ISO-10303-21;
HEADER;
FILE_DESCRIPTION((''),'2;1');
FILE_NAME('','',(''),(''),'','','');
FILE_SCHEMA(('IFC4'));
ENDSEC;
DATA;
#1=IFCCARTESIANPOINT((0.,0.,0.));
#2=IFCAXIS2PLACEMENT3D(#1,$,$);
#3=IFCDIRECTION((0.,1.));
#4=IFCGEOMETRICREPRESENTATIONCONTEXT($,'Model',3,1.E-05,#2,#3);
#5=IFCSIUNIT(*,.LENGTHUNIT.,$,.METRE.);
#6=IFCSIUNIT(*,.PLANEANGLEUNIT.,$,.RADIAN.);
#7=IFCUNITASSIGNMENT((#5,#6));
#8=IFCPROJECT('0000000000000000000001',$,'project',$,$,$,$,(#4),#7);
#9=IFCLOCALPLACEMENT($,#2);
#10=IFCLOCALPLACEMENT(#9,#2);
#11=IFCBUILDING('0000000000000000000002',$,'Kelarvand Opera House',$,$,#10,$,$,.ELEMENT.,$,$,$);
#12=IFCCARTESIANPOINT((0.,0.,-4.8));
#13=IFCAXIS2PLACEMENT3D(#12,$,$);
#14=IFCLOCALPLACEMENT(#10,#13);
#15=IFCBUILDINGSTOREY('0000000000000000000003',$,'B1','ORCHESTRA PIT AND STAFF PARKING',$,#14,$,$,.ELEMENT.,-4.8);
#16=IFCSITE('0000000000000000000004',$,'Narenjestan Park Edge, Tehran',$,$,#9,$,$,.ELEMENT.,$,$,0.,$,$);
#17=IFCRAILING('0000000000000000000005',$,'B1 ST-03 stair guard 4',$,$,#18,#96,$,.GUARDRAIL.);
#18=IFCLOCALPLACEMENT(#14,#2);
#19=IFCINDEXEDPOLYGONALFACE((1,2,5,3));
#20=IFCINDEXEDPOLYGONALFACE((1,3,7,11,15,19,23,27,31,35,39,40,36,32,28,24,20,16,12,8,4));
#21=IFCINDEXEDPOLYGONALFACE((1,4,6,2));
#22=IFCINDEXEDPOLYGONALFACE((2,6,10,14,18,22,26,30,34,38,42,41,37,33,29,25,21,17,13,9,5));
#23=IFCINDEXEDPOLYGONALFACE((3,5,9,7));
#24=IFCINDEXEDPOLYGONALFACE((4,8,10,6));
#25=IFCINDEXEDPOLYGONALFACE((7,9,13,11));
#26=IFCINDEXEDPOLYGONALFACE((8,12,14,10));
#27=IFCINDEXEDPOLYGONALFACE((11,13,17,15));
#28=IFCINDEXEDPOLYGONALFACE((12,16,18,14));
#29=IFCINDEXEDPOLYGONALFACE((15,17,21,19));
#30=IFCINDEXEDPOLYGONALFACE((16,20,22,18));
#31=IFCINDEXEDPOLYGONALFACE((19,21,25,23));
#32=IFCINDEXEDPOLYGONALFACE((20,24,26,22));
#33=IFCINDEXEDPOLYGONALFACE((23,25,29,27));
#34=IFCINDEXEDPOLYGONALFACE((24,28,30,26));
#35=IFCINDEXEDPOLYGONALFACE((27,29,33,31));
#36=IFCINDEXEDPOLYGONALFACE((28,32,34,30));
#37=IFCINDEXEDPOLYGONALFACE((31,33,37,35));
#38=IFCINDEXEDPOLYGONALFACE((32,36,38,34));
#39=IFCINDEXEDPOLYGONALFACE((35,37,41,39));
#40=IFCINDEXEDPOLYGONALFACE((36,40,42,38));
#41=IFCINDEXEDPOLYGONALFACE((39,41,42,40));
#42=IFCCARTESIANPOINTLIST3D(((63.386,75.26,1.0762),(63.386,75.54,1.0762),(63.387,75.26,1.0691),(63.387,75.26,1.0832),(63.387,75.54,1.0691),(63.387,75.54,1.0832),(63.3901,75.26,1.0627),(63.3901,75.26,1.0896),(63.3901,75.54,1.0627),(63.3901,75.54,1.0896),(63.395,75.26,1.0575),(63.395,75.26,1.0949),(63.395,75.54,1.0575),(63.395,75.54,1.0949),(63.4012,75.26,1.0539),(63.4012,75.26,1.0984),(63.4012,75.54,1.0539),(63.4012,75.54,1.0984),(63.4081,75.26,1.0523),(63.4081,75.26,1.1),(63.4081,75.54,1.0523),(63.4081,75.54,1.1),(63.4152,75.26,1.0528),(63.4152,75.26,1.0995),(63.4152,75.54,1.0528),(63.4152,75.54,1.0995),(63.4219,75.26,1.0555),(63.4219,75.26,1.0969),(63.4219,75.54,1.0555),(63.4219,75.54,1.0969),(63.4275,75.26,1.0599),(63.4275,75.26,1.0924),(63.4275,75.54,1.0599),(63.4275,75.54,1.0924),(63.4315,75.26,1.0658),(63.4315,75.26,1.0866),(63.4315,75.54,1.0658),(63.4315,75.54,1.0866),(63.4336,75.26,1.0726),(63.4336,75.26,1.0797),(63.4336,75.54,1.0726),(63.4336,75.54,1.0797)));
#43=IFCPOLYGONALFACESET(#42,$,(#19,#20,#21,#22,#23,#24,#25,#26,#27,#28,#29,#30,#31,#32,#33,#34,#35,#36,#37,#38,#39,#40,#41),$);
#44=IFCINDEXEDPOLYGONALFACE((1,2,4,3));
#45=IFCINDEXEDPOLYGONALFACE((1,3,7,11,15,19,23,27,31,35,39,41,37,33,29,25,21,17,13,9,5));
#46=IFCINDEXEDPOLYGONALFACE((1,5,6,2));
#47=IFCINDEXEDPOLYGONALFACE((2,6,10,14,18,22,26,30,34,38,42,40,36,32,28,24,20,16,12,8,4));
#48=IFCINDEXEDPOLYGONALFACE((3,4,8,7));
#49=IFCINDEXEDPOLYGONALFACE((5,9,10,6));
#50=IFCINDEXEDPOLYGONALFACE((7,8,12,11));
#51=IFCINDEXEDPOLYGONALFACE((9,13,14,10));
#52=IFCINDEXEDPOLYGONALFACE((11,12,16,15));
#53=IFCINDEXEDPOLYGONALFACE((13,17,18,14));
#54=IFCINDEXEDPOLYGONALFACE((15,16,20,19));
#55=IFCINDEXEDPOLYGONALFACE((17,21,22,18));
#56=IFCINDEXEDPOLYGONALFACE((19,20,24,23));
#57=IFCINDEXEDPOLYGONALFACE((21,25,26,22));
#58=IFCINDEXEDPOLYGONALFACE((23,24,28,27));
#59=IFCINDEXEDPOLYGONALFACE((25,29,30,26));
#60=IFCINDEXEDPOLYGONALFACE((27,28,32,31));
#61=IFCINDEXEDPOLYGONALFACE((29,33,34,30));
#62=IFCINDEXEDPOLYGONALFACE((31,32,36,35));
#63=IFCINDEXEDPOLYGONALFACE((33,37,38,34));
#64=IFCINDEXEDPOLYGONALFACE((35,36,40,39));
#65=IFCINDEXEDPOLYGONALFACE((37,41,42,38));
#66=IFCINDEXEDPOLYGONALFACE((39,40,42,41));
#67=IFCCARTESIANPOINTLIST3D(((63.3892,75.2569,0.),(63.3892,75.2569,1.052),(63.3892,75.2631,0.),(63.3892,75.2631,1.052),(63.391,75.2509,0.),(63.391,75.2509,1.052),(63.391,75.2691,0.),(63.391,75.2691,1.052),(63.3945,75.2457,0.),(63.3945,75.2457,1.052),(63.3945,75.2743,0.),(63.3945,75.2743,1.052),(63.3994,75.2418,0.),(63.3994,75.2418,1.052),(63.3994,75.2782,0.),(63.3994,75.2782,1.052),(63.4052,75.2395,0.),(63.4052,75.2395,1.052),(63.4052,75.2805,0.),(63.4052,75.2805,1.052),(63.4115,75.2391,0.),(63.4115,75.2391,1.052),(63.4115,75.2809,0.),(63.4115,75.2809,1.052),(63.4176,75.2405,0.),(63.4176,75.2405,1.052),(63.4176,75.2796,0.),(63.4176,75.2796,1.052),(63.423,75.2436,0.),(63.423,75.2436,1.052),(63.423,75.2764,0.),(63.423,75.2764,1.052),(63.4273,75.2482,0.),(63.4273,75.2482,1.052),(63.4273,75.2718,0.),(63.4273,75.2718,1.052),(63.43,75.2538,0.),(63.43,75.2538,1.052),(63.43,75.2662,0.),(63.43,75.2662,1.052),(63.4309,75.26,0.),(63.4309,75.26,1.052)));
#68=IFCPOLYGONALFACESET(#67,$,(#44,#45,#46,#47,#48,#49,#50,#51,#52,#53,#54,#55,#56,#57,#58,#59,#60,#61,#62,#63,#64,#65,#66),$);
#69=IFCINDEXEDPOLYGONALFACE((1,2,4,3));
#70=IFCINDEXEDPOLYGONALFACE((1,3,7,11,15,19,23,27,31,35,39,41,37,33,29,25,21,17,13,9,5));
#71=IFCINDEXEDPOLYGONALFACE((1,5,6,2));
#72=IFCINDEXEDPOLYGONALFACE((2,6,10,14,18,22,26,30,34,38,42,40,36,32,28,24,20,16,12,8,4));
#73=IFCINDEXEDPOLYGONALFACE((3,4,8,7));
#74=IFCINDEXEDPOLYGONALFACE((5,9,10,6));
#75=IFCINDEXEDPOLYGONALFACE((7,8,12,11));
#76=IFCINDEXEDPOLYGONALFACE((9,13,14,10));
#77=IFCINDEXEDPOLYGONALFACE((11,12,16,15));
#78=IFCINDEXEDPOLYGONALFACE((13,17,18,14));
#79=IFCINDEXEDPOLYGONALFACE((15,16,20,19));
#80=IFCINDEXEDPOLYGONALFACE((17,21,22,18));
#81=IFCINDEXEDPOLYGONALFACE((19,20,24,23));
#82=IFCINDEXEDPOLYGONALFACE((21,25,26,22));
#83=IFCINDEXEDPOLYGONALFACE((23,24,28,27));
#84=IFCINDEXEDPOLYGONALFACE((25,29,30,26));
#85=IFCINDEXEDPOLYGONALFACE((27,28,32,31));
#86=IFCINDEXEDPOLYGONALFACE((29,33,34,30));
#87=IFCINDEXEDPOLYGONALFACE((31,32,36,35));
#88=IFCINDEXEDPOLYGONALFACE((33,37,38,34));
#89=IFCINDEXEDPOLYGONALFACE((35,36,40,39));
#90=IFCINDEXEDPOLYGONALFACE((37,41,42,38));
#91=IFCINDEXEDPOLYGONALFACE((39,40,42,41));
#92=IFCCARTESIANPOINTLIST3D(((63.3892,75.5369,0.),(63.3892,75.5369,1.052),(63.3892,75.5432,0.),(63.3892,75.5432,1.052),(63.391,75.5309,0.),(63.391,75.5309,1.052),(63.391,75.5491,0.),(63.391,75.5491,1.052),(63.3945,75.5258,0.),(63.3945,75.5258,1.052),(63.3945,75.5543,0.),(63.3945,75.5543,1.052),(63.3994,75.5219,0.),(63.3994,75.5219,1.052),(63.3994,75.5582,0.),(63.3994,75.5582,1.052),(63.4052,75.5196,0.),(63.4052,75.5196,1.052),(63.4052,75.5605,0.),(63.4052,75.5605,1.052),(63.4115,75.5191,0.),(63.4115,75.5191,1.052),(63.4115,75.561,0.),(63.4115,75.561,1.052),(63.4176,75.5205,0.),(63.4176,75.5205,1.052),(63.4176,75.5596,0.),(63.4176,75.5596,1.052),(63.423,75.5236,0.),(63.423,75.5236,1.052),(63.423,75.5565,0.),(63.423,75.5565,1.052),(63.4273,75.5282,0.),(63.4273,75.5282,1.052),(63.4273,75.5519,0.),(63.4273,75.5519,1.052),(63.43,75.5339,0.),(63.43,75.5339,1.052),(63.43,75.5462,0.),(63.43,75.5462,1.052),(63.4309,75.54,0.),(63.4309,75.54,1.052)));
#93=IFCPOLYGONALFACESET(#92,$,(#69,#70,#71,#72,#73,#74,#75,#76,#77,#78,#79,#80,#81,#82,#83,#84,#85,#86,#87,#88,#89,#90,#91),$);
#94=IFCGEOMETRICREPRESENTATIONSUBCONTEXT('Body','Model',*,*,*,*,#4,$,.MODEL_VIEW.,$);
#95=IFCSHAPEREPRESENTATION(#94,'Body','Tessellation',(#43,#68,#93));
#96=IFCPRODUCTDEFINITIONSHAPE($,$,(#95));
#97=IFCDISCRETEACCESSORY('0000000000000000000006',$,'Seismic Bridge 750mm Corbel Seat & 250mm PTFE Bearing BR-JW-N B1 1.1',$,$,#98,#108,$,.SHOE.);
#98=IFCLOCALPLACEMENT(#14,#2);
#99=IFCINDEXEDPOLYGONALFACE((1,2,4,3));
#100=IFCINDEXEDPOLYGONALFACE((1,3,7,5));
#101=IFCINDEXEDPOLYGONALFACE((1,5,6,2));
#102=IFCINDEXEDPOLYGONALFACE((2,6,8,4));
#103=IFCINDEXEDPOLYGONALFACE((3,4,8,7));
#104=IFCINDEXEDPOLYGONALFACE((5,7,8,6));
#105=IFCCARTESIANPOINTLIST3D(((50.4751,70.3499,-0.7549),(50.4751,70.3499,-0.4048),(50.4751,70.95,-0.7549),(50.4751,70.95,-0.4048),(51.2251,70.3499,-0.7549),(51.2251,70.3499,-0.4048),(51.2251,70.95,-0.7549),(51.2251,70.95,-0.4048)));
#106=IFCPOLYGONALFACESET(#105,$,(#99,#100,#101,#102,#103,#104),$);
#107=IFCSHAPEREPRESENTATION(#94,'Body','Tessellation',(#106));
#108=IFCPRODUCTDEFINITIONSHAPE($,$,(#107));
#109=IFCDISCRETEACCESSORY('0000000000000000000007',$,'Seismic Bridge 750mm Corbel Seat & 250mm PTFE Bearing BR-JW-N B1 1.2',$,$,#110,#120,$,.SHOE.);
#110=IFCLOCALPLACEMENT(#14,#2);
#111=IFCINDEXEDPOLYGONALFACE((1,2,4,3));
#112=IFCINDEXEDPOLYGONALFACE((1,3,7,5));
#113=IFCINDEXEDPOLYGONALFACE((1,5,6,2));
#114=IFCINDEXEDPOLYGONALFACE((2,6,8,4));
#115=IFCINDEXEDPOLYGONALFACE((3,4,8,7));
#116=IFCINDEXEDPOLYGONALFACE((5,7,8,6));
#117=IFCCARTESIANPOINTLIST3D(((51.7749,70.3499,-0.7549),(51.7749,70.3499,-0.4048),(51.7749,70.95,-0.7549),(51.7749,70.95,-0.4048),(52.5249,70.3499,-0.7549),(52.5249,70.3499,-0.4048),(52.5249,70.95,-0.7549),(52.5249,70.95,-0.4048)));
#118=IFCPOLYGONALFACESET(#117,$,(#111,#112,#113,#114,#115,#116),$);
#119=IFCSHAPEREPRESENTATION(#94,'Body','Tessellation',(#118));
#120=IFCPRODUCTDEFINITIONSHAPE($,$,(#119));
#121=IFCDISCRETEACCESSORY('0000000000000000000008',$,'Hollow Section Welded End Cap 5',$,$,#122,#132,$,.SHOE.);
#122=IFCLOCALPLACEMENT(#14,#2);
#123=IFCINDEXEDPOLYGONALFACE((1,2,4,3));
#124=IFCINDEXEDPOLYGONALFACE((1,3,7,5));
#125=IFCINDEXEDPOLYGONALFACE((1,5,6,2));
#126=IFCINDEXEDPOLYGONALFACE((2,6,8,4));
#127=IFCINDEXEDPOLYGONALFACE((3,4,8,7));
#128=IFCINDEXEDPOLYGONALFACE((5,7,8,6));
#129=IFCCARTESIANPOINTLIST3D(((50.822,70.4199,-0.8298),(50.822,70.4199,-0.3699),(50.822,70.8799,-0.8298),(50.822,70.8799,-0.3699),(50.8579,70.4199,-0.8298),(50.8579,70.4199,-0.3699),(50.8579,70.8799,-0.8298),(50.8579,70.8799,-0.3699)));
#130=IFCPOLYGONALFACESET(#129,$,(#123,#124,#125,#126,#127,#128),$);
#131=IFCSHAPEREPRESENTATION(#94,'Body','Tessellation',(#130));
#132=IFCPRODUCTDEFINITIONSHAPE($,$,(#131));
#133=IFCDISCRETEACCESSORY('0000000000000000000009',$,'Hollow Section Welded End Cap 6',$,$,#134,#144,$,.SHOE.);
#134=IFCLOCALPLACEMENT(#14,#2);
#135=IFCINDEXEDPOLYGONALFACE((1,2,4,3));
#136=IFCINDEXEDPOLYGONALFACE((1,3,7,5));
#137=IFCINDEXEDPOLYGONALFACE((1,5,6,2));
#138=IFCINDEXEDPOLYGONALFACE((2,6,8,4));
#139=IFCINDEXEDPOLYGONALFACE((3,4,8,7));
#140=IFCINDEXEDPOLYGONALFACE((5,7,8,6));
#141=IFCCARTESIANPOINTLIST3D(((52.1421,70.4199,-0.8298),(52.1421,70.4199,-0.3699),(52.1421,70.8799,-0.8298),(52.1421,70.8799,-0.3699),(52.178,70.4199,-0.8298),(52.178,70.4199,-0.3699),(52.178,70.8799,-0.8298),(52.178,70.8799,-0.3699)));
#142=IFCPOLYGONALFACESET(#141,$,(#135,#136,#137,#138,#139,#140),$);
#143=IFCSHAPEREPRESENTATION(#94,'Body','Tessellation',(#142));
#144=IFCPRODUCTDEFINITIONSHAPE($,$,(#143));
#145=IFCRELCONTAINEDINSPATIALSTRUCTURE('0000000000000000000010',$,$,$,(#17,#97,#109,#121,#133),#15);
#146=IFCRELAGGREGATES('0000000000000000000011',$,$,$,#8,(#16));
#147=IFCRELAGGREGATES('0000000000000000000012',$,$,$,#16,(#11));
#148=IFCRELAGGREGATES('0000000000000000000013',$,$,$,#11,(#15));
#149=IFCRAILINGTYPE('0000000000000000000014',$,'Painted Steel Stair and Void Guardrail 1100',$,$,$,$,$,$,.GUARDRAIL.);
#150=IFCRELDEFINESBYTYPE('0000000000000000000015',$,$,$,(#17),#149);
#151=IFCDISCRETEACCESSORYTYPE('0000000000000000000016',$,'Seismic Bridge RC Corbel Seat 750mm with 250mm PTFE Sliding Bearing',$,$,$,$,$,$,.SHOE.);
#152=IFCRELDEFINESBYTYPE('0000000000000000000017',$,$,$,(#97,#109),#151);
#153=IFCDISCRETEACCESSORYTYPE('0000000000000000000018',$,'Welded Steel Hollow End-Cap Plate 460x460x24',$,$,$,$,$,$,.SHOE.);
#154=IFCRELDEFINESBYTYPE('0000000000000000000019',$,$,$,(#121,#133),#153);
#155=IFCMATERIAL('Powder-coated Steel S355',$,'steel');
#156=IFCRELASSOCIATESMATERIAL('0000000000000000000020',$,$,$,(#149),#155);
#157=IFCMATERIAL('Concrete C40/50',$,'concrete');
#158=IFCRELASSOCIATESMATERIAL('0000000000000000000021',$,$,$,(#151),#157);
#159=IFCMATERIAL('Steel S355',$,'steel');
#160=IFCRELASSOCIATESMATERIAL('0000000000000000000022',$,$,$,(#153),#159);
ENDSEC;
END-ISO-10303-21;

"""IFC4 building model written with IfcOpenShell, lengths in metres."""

from ifc_helpers import new_model, si_unit, direction, frame, origin, origin_2d, place, context, subcontext, project, spatial, rectangle, circle, extrude, material, material_profile, profile_set, type_object, element, save


model = new_model("IFC4")

# Units and contexts
model_context = context("Model", 3, precision=1e-05, world=origin(), true_north=direction((0.0, 1.0)))
body_context = subcontext(model_context, "Body", "Model", "MODEL_VIEW")
ifc_project = project(units=[si_unit("LENGTHUNIT", "METRE"), si_unit("PLANEANGLEUNIT", "RADIAN")], contexts=[model_context])

# Site, building, storey
site_placement = place(None, origin())
site = spatial("IfcSite", under=ifc_project, at=site_placement, Name="Narenjestan Park Edge, Tehran", CompositionType="ELEMENT", RefElevation=0.0)
building_placement = place(site_placement, origin())
building = spatial("IfcBuilding", under=site, at=building_placement, Name="Kelarvand Opera House", CompositionType="ELEMENT")
storey_placement = place(building_placement, frame((0.0, 0.0, -4.8)))
storey = spatial("IfcBuildingStorey", under=building, at=storey_placement, Name="B1", Description="ORCHESTRA PIT AND STAFF PARKING", CompositionType="ELEMENT", Elevation=-4.8)

# Shared definitions
ifc_material_1 = material(Name="Concrete C40/50", Category="concrete")

# Shared definitions
ifc_material_2 = material(Name="Steel S355", Category="steel")

# Railing
ifc_material_3 = material(Name="Powder-coated Steel S355", Category="steel")
railing_type_1 = type_object("IfcRailingType", Name="Painted Steel Stair and Void Guardrail 1100", PredefinedType="GUARDRAIL", material=ifc_material_3)
railing_1_placement = place(storey_placement, frame((63.4099, 75.26, 0.0)))
element("IfcRailing", 1, at=railing_1_placement, inside=storey, type_object=railing_type_1, Name="B1 ST-03 stair guard 4", PredefinedType="GUARDRAIL", context=body_context, shape_type="SweptSolid", body=[
    extrude(circle(Radius=0.0239, at=origin_2d()), frame((0.0, 0.0, 1.0762), z_axis=(0.0, 1.0, 0.0), x_axis=(-1.0, 0.0, 0.0)), (0.0, 0.0, 1.0), 0.28),
    extrude(circle(Radius=0.021, at=origin_2d()), origin(), (0.0, 0.0, 1.0), 1.052),
    extrude(circle(Radius=0.021, at=origin_2d()), frame((0.0, 0.28, 0.0)), (0.0, 0.0, 1.0), 1.052),
])

# Discrete accessories
discrete_accessory_type_1 = type_object("IfcDiscreteAccessoryType", Name="Seismic Bridge RC Corbel Seat 750mm with 250mm PTFE Sliding Bearing", PredefinedType="SHOE", material=ifc_material_1)
for number, where, z_axis, x_axis, name in (
    (2, (50.8501, 70.6499, -0.7549), (0.0, 0.0, 1.0), (1.0, 0.0, 0.0), "Seismic Bridge 750mm Corbel Seat & 250mm PTFE Bearing BR-JW-N B1 1.1"),
    (3, (52.1499, 70.6499, -0.7549), (0.0, 0.0, 1.0), (1.0, 0.0, 0.0), "Seismic Bridge 750mm Corbel Seat & 250mm PTFE Bearing BR-JW-N B1 1.2"),
):
    element("IfcDiscreteAccessory", number, at=place(storey_placement, frame(where, z_axis=z_axis, x_axis=x_axis)), inside=storey, type_object=discrete_accessory_type_1, Name=name, PredefinedType="SHOE", context=body_context, shape_type="SweptSolid", body=[
        extrude(rectangle(XDim=0.75, YDim=0.6001, at=origin_2d()), origin(), (0.0, 0.0, 1.0), 0.3501),
    ])
ifc_material_profile_1 = material_profile(ifc_material_2, rectangle(XDim=0.46, YDim=0.46, at=origin_2d()), Name="Welded Steel Hollow End-Cap Plate 460x460x24", Category="steel")
ifc_profile_set_1 = profile_set([ifc_material_profile_1], Name="Steel S355")
discrete_accessory_type_2 = type_object("IfcDiscreteAccessoryType", Name="Welded Steel Hollow End-Cap Plate 460x460x24", PredefinedType="SHOE", material=ifc_profile_set_1)
for number, where, z_axis, x_axis, name in (
    (4, (50.8579, 70.6499, -0.5999), (-1.0, 0.0, 0.0), (0.0, -1.0, 0.0), "Hollow Section Welded End Cap 5"),
    (5, (52.1421, 70.6499, -0.5999), (1.0, 0.0, 0.0), (0.0, 1.0, 0.0), "Hollow Section Welded End Cap 6"),
):
    element("IfcDiscreteAccessory", number, at=place(storey_placement, frame(where, z_axis=z_axis, x_axis=x_axis)), inside=storey, type_object=discrete_accessory_type_2, Name=name, PredefinedType="SHOE", context=body_context, shape_type="SweptSolid", body=[
        extrude(rectangle(XDim=0.46, YDim=0.46, at=origin_2d()), origin(), (0.0, 0.0, 1.0), 0.0359),
    ])

save(model, "model.ifc")
